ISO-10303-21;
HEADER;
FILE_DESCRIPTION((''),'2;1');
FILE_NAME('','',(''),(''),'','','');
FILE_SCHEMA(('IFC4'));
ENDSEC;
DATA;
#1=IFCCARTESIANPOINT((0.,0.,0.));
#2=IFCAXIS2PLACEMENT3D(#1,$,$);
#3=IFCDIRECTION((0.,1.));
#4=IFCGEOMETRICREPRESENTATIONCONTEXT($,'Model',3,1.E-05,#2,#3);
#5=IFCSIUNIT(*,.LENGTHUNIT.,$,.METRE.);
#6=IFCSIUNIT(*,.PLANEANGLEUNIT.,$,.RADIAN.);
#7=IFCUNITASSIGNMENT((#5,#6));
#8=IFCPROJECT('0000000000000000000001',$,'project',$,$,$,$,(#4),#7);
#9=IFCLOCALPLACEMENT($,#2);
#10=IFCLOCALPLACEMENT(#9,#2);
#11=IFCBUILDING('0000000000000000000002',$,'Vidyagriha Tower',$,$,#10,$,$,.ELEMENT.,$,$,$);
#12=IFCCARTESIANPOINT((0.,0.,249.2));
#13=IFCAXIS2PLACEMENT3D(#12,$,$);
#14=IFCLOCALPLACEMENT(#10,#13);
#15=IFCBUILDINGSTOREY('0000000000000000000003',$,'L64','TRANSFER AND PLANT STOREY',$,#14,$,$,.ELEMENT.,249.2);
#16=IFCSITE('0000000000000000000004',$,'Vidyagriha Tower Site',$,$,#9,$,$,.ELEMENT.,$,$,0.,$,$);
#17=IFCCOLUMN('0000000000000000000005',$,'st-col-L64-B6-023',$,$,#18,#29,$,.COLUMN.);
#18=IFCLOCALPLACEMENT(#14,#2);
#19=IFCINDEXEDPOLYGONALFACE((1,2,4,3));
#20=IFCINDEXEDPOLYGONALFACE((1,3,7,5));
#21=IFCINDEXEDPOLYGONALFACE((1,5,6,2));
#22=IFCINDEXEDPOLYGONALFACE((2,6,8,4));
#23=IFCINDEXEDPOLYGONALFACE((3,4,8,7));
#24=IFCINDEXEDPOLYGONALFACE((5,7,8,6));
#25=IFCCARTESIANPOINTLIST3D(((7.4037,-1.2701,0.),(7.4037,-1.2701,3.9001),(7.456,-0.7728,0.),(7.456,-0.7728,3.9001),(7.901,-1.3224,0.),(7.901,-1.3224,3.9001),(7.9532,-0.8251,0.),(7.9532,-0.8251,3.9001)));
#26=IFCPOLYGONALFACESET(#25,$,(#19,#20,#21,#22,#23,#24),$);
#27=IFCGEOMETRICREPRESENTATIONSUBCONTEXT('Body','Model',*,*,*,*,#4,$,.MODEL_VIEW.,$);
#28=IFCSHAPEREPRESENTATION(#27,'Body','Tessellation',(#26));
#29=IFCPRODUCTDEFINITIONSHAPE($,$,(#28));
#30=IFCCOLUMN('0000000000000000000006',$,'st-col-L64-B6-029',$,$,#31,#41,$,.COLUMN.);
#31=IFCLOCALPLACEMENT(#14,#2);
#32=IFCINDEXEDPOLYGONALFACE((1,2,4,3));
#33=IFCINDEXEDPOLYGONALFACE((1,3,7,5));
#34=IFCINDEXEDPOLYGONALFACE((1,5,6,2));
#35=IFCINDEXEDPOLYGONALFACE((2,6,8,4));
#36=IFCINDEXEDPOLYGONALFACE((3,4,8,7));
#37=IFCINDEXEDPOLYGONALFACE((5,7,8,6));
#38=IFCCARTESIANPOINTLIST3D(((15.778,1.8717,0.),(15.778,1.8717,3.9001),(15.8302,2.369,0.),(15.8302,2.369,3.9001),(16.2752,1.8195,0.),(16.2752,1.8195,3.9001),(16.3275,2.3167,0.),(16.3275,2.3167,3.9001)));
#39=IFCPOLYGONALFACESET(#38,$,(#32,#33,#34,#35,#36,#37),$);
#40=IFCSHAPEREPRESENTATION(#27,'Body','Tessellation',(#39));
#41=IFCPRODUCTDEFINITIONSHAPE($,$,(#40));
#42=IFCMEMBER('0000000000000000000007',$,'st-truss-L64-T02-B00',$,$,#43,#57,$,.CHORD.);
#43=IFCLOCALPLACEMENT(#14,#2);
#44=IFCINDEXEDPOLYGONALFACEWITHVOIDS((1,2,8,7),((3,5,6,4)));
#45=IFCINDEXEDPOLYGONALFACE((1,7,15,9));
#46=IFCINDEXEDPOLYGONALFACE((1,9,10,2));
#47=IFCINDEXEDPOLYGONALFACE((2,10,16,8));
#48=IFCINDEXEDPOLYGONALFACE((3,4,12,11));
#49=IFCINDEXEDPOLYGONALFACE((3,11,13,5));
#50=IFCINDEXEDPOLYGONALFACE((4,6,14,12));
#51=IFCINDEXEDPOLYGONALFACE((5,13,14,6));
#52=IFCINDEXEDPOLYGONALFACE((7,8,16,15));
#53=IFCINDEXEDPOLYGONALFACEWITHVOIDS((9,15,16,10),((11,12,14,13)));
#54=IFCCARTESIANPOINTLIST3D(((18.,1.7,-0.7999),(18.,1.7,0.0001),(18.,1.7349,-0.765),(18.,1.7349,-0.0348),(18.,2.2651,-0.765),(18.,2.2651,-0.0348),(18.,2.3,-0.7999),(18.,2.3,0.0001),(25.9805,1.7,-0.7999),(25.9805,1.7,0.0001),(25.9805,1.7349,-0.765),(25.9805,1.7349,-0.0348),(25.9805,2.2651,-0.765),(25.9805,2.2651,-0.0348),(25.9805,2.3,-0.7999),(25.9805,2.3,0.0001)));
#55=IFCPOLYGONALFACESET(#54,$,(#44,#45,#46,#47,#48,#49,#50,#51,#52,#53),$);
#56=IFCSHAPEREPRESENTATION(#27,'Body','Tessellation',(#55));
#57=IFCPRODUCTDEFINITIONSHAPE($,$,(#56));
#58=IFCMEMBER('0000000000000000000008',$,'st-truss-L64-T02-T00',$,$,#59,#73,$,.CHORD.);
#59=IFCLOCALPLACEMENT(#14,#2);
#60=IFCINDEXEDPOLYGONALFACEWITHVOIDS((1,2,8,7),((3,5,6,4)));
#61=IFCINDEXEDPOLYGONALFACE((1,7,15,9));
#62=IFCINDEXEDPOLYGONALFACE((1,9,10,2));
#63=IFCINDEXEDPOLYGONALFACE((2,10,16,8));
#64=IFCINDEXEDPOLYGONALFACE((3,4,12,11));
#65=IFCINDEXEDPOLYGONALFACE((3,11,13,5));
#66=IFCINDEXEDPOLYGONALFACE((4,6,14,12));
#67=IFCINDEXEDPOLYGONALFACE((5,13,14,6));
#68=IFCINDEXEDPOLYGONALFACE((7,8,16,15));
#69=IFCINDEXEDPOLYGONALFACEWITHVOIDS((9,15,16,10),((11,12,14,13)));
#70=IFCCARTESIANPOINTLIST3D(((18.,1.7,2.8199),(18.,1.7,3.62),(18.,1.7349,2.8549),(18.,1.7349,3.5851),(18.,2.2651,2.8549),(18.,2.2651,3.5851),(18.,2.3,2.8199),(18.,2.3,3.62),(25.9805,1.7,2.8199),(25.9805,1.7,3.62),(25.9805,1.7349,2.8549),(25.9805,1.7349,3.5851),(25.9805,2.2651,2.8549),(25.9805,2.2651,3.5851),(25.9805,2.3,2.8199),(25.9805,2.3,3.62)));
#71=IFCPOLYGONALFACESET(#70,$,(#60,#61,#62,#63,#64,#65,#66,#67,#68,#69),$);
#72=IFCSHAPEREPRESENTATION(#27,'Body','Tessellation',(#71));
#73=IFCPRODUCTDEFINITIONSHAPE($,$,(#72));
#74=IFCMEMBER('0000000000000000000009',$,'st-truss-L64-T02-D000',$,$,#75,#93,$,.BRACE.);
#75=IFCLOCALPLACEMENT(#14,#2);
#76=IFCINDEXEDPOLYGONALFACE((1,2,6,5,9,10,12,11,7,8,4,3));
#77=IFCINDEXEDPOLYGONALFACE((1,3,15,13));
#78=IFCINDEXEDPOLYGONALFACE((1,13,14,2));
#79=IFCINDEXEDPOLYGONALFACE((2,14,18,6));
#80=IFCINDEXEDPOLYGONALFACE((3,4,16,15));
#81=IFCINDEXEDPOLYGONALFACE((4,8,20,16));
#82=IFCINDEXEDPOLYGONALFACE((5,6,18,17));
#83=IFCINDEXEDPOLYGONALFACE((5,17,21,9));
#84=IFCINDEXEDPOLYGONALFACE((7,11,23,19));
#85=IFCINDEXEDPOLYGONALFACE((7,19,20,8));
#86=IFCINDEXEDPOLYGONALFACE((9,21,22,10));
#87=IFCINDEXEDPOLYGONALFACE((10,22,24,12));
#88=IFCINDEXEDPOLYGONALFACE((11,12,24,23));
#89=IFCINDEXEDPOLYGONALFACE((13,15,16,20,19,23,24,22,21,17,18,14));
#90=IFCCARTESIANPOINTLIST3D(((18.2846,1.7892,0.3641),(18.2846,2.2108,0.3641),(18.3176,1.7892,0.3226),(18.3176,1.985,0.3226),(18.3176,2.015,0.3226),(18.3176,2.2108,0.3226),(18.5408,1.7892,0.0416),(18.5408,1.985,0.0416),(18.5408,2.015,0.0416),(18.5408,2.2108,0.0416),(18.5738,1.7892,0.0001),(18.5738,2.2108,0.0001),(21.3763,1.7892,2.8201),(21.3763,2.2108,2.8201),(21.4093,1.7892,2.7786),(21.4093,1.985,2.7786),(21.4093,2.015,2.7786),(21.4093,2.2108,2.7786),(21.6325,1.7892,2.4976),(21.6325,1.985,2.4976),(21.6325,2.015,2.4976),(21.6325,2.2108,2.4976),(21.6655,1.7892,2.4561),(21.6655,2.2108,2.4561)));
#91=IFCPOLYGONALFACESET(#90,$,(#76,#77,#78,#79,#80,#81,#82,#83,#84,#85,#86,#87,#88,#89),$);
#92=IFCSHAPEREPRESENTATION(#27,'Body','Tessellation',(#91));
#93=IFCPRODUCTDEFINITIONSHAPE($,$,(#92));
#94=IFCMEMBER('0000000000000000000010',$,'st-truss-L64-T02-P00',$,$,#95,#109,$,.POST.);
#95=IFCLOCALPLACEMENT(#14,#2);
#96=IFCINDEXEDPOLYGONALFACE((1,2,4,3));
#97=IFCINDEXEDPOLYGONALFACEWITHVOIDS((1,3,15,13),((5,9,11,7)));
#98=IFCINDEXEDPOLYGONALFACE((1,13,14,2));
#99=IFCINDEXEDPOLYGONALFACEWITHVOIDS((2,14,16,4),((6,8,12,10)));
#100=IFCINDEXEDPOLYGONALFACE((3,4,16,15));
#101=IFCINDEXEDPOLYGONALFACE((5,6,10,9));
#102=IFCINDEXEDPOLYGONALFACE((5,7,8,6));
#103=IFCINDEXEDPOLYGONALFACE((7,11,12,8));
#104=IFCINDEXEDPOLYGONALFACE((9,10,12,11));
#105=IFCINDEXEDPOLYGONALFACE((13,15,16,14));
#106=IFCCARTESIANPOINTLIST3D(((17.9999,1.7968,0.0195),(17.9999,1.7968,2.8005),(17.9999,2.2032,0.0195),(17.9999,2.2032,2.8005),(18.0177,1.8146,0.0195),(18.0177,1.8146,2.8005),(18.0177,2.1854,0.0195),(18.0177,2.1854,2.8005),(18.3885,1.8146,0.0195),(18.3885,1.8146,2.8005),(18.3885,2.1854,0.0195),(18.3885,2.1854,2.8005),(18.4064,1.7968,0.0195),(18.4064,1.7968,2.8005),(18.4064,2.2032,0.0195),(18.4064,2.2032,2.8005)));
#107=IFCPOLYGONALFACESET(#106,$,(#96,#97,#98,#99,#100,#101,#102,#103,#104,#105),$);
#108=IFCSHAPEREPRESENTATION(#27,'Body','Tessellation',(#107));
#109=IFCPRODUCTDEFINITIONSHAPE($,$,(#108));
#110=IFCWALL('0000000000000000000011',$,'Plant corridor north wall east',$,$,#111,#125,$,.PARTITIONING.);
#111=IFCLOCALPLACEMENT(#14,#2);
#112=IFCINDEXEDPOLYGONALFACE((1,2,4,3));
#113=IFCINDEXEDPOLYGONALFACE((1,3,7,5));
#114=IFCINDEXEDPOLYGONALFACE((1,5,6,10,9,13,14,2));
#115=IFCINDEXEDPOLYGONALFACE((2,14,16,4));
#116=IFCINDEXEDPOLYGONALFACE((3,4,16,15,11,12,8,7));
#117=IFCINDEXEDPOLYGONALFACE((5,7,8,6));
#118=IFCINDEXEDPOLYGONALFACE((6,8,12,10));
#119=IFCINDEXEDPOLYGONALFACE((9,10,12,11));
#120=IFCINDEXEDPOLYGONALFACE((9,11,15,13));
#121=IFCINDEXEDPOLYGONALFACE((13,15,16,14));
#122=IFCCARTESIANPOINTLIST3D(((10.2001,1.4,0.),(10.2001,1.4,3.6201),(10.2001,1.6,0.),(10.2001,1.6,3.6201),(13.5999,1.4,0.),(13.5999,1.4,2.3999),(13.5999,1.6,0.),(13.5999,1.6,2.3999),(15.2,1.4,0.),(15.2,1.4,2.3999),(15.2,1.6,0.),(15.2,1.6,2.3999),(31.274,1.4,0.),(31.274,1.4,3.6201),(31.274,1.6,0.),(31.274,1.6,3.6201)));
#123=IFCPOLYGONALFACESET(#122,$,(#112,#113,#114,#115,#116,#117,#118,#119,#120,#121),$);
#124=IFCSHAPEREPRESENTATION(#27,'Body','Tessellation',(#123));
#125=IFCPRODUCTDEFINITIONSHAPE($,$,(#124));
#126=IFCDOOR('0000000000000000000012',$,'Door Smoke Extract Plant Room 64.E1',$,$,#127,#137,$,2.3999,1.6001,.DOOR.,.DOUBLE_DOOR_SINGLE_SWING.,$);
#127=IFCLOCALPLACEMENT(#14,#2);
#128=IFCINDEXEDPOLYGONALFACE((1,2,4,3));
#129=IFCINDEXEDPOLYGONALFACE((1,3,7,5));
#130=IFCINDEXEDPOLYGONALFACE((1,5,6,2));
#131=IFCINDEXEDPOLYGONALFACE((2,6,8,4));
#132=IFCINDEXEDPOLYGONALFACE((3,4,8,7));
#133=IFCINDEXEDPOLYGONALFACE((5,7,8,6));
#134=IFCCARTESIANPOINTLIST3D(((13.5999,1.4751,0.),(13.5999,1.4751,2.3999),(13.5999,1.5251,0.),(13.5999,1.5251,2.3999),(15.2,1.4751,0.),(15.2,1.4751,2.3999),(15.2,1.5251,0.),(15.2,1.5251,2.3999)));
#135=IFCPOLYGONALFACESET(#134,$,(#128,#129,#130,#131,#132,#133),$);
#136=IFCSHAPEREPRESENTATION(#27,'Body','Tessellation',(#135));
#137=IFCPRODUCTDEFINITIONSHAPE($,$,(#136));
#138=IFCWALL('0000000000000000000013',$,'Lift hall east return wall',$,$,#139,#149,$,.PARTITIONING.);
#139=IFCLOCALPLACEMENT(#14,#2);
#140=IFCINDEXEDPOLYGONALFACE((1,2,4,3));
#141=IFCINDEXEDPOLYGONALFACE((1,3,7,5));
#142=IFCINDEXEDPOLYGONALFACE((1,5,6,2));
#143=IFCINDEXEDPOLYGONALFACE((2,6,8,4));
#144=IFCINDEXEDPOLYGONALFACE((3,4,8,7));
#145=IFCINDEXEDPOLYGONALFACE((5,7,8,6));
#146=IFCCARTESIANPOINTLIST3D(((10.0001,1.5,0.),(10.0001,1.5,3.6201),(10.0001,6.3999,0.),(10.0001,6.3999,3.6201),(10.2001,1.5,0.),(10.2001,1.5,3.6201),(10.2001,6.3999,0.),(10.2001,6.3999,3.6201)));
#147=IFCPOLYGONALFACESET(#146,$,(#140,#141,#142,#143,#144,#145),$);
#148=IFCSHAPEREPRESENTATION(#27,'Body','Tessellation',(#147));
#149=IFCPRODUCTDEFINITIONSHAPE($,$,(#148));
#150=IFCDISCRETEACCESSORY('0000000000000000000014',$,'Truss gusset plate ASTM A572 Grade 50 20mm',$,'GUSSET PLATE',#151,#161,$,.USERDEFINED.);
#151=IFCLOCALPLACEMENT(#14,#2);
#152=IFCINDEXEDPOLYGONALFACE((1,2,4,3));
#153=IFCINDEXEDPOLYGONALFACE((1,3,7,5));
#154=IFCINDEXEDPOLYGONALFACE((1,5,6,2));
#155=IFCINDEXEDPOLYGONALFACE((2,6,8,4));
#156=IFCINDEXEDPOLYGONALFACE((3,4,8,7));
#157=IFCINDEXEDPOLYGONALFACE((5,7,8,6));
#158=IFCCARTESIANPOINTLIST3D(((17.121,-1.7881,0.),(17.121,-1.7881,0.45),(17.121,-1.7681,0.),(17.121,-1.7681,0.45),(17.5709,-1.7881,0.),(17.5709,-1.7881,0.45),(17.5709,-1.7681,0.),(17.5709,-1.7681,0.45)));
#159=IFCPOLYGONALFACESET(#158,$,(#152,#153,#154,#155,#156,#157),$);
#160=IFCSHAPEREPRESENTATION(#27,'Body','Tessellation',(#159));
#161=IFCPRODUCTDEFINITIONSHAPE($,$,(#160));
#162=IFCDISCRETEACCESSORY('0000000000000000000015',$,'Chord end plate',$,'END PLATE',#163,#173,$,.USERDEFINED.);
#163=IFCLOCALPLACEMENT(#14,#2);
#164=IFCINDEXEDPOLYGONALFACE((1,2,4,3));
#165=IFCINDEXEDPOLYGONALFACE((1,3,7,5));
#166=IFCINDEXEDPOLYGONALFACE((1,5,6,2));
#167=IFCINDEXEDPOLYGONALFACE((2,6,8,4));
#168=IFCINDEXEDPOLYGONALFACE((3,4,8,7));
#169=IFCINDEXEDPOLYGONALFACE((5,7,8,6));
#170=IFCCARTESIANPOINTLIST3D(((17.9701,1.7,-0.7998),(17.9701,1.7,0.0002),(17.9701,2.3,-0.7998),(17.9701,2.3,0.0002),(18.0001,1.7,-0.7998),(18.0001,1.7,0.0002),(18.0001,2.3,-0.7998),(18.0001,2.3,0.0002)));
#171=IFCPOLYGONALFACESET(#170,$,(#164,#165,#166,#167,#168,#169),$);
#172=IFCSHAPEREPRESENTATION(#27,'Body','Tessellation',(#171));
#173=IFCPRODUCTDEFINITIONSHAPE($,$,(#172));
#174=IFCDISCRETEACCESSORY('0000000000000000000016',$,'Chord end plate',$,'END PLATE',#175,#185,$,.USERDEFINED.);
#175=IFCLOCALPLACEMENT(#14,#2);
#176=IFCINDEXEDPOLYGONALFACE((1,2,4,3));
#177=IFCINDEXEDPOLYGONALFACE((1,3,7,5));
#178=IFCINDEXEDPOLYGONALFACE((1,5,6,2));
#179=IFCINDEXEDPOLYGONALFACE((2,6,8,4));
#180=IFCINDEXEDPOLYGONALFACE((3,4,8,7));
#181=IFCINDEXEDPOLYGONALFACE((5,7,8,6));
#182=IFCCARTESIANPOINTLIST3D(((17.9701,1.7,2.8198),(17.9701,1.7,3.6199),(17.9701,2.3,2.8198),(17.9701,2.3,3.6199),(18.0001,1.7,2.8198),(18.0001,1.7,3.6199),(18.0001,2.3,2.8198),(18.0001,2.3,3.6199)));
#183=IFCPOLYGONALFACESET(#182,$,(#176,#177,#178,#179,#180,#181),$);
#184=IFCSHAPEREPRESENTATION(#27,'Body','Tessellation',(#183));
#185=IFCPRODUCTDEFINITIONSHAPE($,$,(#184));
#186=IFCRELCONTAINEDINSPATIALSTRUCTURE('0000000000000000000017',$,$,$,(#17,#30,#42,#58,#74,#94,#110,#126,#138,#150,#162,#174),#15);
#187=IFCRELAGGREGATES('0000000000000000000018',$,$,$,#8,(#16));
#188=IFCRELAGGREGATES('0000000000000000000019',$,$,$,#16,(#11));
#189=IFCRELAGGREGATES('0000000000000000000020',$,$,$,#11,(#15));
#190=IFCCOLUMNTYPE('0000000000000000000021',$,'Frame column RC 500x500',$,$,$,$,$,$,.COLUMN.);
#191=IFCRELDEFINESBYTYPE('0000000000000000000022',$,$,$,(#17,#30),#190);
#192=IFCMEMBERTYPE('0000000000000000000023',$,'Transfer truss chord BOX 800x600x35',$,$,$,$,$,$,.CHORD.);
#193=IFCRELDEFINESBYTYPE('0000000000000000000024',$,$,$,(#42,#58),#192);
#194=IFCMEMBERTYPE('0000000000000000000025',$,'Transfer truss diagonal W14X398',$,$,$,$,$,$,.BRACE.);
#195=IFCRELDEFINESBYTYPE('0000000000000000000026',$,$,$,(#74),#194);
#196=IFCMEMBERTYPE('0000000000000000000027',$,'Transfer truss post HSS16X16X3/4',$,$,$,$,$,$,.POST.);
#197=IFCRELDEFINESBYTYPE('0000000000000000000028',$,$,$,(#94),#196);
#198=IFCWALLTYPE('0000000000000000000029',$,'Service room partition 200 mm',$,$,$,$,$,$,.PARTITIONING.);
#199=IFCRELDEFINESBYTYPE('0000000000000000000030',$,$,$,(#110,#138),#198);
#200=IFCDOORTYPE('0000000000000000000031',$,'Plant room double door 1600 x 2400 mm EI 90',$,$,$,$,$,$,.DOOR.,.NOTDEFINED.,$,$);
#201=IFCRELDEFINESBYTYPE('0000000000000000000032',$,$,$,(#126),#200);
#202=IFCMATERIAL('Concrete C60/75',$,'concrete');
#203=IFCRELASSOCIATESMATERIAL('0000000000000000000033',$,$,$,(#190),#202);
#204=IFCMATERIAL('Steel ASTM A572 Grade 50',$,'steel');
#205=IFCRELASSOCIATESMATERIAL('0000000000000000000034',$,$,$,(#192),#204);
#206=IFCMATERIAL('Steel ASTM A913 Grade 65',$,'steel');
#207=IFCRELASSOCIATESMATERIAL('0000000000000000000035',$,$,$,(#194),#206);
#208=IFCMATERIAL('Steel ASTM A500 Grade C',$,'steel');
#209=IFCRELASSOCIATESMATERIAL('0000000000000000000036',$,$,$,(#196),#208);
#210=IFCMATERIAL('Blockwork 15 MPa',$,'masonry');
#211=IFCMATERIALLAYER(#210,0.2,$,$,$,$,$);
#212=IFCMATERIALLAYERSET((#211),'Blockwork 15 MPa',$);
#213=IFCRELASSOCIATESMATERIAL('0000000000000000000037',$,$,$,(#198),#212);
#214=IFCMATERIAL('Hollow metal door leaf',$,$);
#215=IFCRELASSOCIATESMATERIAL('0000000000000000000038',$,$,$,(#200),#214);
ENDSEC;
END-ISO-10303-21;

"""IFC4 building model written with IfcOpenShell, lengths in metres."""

from ifc_helpers import new_model, si_unit, direction, frame, frame_2d, origin, origin_2d, place, context, subcontext, project, spatial, rectangle, hollow_rectangle, i_section, extrude, material, layer, layer_set, material_profile, profile_set, type_object, element, fill, save


model = new_model("IFC4")

# Units and contexts
model_context = context("Model", 3, precision=1e-05, world=origin(), true_north=direction((0.0, 1.0)))
body_context = subcontext(model_context, "Body", "Model", "MODEL_VIEW")
ifc_project = project(units=[si_unit("LENGTHUNIT", "METRE"), si_unit("PLANEANGLEUNIT", "RADIAN")], contexts=[model_context])

# Site, building, storey
site_placement = place(None, origin())
site = spatial("IfcSite", under=ifc_project, at=site_placement, Name="Vidyagriha Tower Site", CompositionType="ELEMENT", RefElevation=0.0)
building_placement = place(site_placement, origin())
building = spatial("IfcBuilding", under=site, at=building_placement, Name="Vidyagriha Tower", CompositionType="ELEMENT")
storey_placement = place(building_placement, frame((0.0, 0.0, 249.2)))
storey = spatial("IfcBuildingStorey", under=building, at=storey_placement, Name="L64", Description="TRANSFER AND PLANT STOREY", CompositionType="ELEMENT", Elevation=249.2)

# Columns
ifc_material_1 = material(Name="Concrete C60/75", Category="concrete")
ifc_material_profile_1 = material_profile(ifc_material_1, rectangle(XDim=0.5, YDim=0.5, at=origin_2d()), Name="RC 500x500")
ifc_profile_set_1 = profile_set([ifc_material_profile_1], Name="Concrete C60/75")
column_type = type_object("IfcColumnType", Name="Frame column RC 500x500", PredefinedType="COLUMN", material=ifc_profile_set_1)
for number, where, z_axis, x_axis, name in (
    (1, (7.6785, -1.0476, 0.0), (0.0, 0.0, 1.0), (0.994522, -0.104528, 0.0), "st-col-L64-B6-023"),
    (2, (16.0527, 2.0942, 0.0), (0.0, 0.0, 1.0), (0.994522, -0.104528, 0.0), "st-col-L64-B6-029"),
):
    element("IfcColumn", number, at=place(storey_placement, frame(where, z_axis=z_axis, x_axis=x_axis)), inside=storey, type_object=column_type, Name=name, PredefinedType="COLUMN", context=body_context, shape_type="SweptSolid", body=[
        extrude(rectangle(XDim=0.5, YDim=0.5, at=origin_2d()), origin(), (0.0, 0.0, 1.0), 3.9001),
    ])

# Members
ifc_material_2 = material(Name="Steel ASTM A572 Grade 50", Category="steel")
ifc_material_profile_2 = material_profile(ifc_material_2, hollow_rectangle(XDim=0.6001, YDim=0.8, WallThickness=0.0349, at=origin_2d()), Name="BOX 800x600x35")
ifc_profile_set_2 = profile_set([ifc_material_profile_2], Name="Steel ASTM A572 Grade 50")
member_type_1 = type_object("IfcMemberType", Name="Transfer truss chord BOX 800x600x35", PredefinedType="CHORD", material=ifc_profile_set_2)
for number, where, z_axis, x_axis, name in (
    (3, (18.0, 2.0, -0.3999), (1.0, 0.0, 0.0), (0.0, 1.0, 0.0), "st-truss-L64-T02-B00"),
    (4, (18.0, 2.0, 3.22), (1.0, 0.0, 0.0), (0.0, 1.0, 0.0), "st-truss-L64-T02-T00"),
):
    element("IfcMember", number, at=place(storey_placement, frame(where, z_axis=z_axis, x_axis=x_axis)), inside=storey, type_object=member_type_1, Name=name, PredefinedType="CHORD", context=body_context, shape_type="SweptSolid", body=[
        extrude(hollow_rectangle(XDim=0.6001, YDim=0.8, WallThickness=0.0349, at=origin_2d()), origin(), (0.0, 0.0, 1.0), 7.9805),
    ])
ifc_material_3 = material(Name="Steel ASTM A913 Grade 65", Category="steel")
ifc_material_profile_3 = material_profile(ifc_material_3, i_section(OverallWidth=0.4216, OverallDepth=0.4648, WebThickness=0.03, FlangeThickness=0.053, at=origin_2d()), Name="W14X398")
ifc_profile_set_3 = profile_set([ifc_material_profile_3], Name="Steel ASTM A913 Grade 65")
member_type_2 = type_object("IfcMemberType", Name="Transfer truss diagonal W14X398", PredefinedType="BRACE", material=ifc_profile_set_3)
member_1_placement = place(storey_placement, frame((18.4292, 2.0, 0.1821), z_axis=(0.783012, 0.0, 0.622007), x_axis=(0.0, 1.0, 0.0)))
element("IfcMember", 5, at=member_1_placement, inside=storey, type_object=member_type_2, Name="st-truss-L64-T02-D000", PredefinedType="BRACE", context=body_context, shape_type="SweptSolid", body=[
    extrude(i_section(OverallWidth=0.4216, OverallDepth=0.4648, WebThickness=0.03, FlangeThickness=0.053, at=origin_2d()), origin(), (0.0, 0.0, 1.0), 3.9485),
])
ifc_material_4 = material(Name="Steel ASTM A500 Grade C", Category="steel")
ifc_material_profile_4 = material_profile(ifc_material_4, hollow_rectangle(XDim=0.4065, YDim=0.4065, WallThickness=0.0178, at=origin_2d()), Name="HSS16X16X3/4")
ifc_profile_set_4 = profile_set([ifc_material_profile_4], Name="Steel ASTM A500 Grade C")
member_type_3 = type_object("IfcMemberType", Name="Transfer truss post HSS16X16X3/4", PredefinedType="POST", material=ifc_profile_set_4)
member_2_placement = place(storey_placement, frame((18.2031, 2.0, 0.0195)))
element("IfcMember", 6, at=member_2_placement, inside=storey, type_object=member_type_3, Name="st-truss-L64-T02-P00", PredefinedType="POST", context=body_context, shape_type="SweptSolid", body=[
    extrude(hollow_rectangle(XDim=0.4065, YDim=0.4065, WallThickness=0.0178, at=origin_2d()), origin(), (0.0, 0.0, 1.0), 2.781),
])

# Wall, opening, door
ifc_material_5 = material(Name="Blockwork 15 MPa", Category="masonry")
ifc_layer = layer(ifc_material_5, 0.2)
ifc_layer_set = layer_set([ifc_layer], Name="Blockwork 15 MPa")
wall_type = type_object("IfcWallType", Name="Service room partition 200 mm", PredefinedType="PARTITIONING", material=ifc_layer_set)
wall_1_placement = place(storey_placement, frame((10.2, 1.5, 0.0)))
wall_1 = element("IfcWall", 7, at=wall_1_placement, inside=storey, type_object=wall_type, Name="Plant corridor north wall east", PredefinedType="PARTITIONING", context=body_context, shape_type="SweptSolid", body=[
    extrude(rectangle(XDim=21.074, YDim=0.2, at=frame_2d((10.5371, 0.0))), origin(), (0.0, 0.0, 1.0), 3.6201),
])
opening_placement = place(wall_1_placement, frame((3.3999, 0.0, 0.0)))
opening = element("IfcOpeningElement", 8, at=opening_placement, cuts=wall_1, PredefinedType="OPENING", context=body_context, shape_type="SweptSolid", body=[
    extrude(rectangle(XDim=1.6001, YDim=2.3999, at=frame_2d((0.8, 1.2))), frame((0.0, 0.1099, 0.0), z_axis=(0.0, -1.0, 0.0), x_axis=(1.0, 0.0, 0.0)), (0.0, 0.0, 1.0), 0.22),
])
ifc_material_6 = material(Name="Hollow metal door leaf")
door_type = type_object("IfcDoorType", Name="Plant room double door 1600 x 2400 mm EI 90", OperationType="NOTDEFINED", PredefinedType="DOOR", material=ifc_material_6)
door_placement = place(opening_placement, frame((1.6001, 0.0, 0.0), z_axis=(0.0, 0.0, 1.0), x_axis=(-1.0, 0.0, 0.0)))
door = element("IfcDoor", 9, at=door_placement, inside=storey, type_object=door_type, Name="Door Smoke Extract Plant Room 64.E1", OperationType="DOUBLE_DOOR_SINGLE_SWING", OverallHeight=2.3999, OverallWidth=1.6001, PredefinedType="DOOR", context=body_context, shape_type="SweptSolid", body=[
    extrude(rectangle(XDim=1.6001, YDim=2.3999, at=frame_2d((0.8, 1.2))), frame((0.0, 0.0249, 0.0), z_axis=(0.0, -1.0, 0.0), x_axis=(1.0, 0.0, 0.0)), (0.0, 0.0, 1.0), 0.05),
])
fill(opening, door)

# Wall
wall_2_placement = place(storey_placement, frame((10.1001, 1.5, 0.0), z_axis=(0.0, 0.0, 1.0), x_axis=(0.0, 1.0, 0.0)))
element("IfcWall", 10, at=wall_2_placement, inside=storey, type_object=wall_type, Name="Lift hall east return wall", PredefinedType="PARTITIONING", context=body_context, shape_type="SweptSolid", body=[
    extrude(rectangle(XDim=4.8999, YDim=0.2, at=frame_2d((2.45, 0.0))), origin(), (0.0, 0.0, 1.0), 3.6201),
])

# Discrete accessories
discrete_accessory_1_placement = place(storey_placement, frame((17.3459, -1.7781, 0.0)))
element("IfcDiscreteAccessory", 11, at=discrete_accessory_1_placement, inside=storey, Name="Truss gusset plate ASTM A572 Grade 50 20mm", ObjectType="GUSSET PLATE", PredefinedType="USERDEFINED", context=body_context, shape_type="SweptSolid", body=[
    extrude(rectangle(XDim=0.45, YDim=0.02, at=origin_2d()), origin(), (0.0, 0.0, 1.0), 0.45),
])
for number, where, z_axis, x_axis, name in (
    (12, (17.9851, 2.0, -0.7998), (0.0, 0.0, 1.0), (-1.0, 0.0, 0.0), "Chord end plate"),
    (13, (17.9851, 2.0, 2.8198), (0.0, 0.0, 1.0), (-1.0, 0.0, 0.0), "Chord end plate"),
):
    element("IfcDiscreteAccessory", number, at=place(storey_placement, frame(where, z_axis=z_axis, x_axis=x_axis)), inside=storey, Name=name, ObjectType="END PLATE", PredefinedType="USERDEFINED", context=body_context, shape_type="SweptSolid", body=[
        extrude(rectangle(XDim=0.03, YDim=0.6001, at=origin_2d()), origin(), (0.0, 0.0, 1.0), 0.8),
    ])

save(model, "model.ifc")
